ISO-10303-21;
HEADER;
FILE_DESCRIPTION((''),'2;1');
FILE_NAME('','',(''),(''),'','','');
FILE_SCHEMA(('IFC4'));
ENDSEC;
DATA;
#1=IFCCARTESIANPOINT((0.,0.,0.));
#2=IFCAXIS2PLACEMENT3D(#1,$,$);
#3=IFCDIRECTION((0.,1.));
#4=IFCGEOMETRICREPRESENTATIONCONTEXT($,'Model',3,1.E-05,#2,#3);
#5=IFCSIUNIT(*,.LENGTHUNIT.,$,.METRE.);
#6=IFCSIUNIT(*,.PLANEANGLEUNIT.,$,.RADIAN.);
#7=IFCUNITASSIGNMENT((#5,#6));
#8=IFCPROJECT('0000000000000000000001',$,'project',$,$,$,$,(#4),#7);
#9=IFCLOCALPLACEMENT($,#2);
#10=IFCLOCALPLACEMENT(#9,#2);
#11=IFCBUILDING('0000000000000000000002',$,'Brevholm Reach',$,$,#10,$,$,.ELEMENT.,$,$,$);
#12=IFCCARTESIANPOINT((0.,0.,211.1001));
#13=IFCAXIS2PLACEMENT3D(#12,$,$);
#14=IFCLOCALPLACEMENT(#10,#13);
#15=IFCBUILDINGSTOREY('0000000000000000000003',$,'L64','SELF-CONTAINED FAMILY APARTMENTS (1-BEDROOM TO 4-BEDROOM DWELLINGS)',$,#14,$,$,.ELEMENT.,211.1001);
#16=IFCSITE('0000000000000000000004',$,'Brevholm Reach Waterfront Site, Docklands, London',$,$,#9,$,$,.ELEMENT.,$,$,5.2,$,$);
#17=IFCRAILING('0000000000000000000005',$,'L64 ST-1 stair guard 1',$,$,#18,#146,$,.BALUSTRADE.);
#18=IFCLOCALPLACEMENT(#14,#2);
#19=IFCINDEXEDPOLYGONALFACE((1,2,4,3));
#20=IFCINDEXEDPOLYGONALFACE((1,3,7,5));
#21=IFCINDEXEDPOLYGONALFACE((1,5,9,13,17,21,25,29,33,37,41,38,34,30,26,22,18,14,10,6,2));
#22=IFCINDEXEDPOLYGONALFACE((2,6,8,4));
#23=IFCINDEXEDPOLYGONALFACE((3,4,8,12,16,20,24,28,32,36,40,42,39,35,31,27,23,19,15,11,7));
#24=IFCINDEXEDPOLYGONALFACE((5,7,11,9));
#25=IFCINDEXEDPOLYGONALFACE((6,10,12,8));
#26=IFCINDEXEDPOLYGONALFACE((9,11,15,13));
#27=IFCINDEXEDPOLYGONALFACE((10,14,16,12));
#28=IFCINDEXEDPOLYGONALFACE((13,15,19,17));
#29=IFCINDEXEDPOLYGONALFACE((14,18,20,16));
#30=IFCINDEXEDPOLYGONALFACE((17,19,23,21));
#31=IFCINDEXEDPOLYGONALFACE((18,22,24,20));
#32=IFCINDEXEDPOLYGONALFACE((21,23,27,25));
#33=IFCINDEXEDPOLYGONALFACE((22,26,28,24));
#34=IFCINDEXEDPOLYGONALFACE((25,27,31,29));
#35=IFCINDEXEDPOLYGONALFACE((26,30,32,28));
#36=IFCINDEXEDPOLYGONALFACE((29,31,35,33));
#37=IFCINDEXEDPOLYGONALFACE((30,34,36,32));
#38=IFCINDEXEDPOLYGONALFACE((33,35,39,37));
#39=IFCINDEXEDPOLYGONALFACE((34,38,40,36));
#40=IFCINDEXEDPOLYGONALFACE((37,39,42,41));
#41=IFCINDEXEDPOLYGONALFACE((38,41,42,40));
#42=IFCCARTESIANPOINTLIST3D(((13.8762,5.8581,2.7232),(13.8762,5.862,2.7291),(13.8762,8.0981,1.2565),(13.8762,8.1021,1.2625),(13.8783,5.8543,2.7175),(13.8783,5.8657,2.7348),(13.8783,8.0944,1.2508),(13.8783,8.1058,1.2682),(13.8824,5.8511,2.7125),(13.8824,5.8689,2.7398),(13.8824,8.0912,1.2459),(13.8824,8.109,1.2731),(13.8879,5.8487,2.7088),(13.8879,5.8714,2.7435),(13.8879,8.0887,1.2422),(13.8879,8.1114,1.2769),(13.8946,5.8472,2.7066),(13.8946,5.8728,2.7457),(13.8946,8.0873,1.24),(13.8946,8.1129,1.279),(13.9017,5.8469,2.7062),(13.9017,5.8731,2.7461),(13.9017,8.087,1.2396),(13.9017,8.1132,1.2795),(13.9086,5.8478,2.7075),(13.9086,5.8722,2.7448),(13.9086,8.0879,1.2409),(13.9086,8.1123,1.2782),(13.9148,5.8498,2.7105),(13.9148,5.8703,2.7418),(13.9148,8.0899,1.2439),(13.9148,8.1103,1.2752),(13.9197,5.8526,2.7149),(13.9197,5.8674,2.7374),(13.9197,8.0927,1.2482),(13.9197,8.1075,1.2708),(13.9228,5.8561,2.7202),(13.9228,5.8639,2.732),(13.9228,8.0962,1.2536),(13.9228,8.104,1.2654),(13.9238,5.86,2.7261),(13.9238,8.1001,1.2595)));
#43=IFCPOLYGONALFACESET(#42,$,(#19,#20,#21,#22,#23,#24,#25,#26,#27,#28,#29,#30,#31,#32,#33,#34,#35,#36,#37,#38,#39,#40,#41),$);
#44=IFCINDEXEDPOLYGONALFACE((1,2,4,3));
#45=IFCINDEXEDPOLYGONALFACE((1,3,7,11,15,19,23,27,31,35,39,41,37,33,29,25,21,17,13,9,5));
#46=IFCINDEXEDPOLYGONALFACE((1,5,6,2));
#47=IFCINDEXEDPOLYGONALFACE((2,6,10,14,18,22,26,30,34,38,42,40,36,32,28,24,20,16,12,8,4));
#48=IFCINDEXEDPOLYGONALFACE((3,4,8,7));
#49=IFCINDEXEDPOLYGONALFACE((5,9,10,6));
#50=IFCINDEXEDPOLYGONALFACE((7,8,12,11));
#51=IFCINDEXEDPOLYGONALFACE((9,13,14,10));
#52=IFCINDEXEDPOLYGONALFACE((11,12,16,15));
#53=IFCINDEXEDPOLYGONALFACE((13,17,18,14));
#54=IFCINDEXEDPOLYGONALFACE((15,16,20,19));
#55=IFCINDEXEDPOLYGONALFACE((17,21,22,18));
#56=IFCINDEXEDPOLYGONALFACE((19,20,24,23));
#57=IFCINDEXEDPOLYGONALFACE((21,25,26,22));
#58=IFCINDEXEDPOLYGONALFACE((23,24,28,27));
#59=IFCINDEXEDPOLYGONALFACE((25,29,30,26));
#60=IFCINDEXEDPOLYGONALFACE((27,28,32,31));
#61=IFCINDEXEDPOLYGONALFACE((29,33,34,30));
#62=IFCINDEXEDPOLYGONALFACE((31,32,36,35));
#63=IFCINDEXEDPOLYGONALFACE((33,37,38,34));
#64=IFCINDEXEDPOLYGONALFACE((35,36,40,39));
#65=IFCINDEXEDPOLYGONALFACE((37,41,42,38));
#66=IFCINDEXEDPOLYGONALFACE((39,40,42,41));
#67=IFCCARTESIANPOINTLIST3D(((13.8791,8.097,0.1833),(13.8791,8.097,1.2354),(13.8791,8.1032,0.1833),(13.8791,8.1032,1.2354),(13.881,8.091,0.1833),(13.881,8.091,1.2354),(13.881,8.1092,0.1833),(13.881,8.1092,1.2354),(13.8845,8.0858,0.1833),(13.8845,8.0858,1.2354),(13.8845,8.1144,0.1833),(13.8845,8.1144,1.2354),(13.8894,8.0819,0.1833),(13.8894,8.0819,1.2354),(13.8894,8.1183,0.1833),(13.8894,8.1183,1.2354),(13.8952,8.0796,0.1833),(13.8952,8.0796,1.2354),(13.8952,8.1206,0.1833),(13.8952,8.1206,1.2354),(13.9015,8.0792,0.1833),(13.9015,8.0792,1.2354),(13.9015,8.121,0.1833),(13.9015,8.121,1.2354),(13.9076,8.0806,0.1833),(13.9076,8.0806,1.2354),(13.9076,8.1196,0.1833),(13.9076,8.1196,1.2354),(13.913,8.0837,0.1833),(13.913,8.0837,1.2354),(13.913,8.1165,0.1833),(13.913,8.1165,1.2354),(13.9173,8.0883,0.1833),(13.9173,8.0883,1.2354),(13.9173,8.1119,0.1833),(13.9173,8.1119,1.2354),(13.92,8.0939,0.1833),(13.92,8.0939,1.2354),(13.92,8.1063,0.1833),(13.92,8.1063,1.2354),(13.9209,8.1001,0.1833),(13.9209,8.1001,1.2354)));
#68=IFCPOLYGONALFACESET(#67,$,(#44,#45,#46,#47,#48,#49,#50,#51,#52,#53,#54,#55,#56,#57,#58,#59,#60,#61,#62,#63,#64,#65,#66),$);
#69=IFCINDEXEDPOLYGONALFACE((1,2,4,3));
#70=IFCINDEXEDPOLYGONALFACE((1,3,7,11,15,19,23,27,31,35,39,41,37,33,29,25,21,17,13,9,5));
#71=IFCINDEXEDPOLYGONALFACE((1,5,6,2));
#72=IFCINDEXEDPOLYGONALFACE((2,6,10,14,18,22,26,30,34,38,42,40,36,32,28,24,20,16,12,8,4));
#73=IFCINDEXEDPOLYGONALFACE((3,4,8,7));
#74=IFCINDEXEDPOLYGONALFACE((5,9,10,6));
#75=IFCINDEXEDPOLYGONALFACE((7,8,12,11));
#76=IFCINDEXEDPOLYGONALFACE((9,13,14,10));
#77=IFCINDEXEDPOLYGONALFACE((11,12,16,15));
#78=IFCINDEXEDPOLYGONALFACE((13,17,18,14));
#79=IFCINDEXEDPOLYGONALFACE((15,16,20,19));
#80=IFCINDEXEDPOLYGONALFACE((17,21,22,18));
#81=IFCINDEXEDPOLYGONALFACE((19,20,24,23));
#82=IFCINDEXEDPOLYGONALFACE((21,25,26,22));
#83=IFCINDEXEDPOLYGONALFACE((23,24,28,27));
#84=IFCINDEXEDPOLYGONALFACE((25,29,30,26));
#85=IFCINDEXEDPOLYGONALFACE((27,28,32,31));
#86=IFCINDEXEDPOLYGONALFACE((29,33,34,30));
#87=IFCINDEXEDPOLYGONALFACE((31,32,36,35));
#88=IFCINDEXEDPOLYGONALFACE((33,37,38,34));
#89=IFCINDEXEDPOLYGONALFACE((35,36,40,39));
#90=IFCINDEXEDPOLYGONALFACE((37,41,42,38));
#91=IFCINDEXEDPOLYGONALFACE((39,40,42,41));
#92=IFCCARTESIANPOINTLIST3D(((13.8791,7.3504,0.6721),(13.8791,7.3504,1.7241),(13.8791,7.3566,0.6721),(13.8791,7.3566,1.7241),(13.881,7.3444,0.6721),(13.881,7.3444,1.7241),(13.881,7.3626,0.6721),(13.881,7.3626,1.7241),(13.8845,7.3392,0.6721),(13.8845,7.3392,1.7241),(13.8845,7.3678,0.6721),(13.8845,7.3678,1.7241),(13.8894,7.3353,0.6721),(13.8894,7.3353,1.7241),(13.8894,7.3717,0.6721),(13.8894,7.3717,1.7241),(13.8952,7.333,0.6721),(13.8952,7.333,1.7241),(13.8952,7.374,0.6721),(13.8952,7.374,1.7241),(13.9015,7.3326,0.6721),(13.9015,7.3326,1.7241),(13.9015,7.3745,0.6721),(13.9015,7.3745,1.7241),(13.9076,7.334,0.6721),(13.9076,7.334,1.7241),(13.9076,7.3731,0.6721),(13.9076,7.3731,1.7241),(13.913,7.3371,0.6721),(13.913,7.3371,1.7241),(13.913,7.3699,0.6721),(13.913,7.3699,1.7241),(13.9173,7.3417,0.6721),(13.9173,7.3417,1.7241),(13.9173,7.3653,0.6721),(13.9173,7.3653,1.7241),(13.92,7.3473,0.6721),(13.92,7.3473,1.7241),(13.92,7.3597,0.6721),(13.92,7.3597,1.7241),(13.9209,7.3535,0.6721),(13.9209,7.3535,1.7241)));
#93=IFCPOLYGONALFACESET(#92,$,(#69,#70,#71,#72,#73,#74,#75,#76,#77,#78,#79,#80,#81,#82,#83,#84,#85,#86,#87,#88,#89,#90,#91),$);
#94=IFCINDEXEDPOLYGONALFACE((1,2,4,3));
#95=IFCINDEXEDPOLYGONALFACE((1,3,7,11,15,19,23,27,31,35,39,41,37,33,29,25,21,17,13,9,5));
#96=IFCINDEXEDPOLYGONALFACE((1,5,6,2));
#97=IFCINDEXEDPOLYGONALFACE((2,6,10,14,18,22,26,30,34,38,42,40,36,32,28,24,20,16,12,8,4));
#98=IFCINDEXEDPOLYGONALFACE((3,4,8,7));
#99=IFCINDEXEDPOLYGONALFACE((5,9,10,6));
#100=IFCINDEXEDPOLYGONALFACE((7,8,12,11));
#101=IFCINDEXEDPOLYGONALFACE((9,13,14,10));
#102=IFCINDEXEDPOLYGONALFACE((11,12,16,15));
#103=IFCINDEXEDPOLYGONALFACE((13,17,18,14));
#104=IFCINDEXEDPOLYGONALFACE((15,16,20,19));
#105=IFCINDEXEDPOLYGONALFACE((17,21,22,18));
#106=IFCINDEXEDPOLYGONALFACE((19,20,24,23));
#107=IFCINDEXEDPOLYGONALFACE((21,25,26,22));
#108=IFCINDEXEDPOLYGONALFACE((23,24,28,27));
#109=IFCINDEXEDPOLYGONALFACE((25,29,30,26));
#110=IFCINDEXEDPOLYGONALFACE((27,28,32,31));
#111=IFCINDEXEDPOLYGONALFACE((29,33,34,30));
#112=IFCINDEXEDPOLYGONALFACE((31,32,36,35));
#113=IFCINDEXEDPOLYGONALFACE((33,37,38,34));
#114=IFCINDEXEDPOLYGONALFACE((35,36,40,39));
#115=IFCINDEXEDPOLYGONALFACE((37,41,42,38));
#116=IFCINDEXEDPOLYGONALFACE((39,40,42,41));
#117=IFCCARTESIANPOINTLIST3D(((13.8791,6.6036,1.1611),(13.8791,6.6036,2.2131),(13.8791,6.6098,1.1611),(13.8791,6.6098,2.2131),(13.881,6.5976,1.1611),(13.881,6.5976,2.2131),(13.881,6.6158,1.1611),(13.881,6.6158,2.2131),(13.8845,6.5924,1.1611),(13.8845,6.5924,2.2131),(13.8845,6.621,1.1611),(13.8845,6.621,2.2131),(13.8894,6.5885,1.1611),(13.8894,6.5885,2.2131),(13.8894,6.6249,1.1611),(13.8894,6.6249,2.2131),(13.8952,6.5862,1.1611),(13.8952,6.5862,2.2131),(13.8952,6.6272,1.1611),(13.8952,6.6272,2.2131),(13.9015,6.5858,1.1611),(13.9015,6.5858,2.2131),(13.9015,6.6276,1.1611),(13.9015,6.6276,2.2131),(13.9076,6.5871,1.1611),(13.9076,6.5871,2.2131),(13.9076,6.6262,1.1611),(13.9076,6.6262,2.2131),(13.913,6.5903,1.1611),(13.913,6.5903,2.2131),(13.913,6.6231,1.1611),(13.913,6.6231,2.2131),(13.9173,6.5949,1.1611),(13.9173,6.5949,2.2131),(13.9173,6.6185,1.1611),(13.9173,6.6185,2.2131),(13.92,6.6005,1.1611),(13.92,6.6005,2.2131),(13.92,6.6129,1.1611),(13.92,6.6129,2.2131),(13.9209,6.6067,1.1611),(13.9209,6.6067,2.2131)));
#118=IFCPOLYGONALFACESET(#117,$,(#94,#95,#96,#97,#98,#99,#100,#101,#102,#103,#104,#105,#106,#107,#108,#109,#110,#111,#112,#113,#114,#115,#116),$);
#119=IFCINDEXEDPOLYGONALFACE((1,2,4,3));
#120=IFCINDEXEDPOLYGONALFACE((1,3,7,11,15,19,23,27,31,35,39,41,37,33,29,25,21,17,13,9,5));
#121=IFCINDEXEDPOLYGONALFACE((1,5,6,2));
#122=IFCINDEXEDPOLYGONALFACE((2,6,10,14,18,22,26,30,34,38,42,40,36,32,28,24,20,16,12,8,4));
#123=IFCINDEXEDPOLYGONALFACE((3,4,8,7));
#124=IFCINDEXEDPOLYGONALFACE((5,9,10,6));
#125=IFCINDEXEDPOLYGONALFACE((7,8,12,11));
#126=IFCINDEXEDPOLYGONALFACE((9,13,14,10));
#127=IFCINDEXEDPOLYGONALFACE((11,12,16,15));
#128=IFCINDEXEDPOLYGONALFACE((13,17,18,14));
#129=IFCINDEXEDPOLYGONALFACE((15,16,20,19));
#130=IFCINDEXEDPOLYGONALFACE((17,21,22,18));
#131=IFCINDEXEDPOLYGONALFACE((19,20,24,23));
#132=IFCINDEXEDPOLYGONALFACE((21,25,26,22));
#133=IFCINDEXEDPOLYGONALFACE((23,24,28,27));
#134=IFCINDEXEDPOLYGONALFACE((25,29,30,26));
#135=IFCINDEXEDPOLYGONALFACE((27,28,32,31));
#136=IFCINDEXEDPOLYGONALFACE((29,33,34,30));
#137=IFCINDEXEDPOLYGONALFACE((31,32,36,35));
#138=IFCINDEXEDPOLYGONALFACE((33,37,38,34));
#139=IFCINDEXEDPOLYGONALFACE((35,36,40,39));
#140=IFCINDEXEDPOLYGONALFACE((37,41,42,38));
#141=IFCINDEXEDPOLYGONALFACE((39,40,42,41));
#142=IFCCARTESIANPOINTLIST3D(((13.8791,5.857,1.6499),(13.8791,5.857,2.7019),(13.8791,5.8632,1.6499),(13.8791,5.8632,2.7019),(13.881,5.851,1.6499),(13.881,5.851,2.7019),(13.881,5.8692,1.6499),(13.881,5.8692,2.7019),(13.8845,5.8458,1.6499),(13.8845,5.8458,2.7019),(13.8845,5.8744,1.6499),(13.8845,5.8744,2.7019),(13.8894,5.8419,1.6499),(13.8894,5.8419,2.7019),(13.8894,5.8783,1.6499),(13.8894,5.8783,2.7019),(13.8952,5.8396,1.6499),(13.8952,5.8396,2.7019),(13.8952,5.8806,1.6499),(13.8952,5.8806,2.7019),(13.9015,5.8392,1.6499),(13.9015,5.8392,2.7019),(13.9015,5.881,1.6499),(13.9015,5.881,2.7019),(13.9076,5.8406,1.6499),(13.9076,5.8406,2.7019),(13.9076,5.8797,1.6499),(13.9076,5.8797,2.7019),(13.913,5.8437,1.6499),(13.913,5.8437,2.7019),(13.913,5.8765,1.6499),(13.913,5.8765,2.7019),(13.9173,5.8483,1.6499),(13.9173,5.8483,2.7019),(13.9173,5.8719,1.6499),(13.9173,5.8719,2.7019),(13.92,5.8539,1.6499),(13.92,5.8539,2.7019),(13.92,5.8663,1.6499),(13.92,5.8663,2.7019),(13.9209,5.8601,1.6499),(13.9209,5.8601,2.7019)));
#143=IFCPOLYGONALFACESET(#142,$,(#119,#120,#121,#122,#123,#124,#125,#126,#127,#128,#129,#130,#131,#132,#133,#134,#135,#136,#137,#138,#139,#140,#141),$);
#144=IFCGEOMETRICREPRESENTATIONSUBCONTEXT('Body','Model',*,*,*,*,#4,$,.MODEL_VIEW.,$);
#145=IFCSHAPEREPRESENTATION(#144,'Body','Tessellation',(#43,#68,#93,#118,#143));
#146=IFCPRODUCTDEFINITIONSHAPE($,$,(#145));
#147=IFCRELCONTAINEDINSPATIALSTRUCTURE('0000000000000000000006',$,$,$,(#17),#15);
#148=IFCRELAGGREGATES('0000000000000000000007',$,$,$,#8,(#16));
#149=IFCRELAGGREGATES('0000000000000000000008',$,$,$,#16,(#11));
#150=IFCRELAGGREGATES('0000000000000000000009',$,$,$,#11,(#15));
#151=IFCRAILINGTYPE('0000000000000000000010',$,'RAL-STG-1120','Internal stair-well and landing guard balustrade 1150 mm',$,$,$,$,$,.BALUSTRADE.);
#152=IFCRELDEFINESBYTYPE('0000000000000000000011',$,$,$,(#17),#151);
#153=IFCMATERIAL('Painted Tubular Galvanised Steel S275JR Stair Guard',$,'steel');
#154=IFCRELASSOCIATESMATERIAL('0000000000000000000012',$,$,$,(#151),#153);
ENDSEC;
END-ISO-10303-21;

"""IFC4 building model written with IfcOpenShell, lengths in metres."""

from ifc_helpers import new_model, si_unit, direction, frame, origin, origin_2d, place, context, subcontext, project, spatial, circle, extrude, material, type_object, element, save


model = new_model("IFC4")

# Units and contexts
model_context = context("Model", 3, precision=1e-05, world=origin(), true_north=direction((0.0, 1.0)))
body_context = subcontext(model_context, "Body", "Model", "MODEL_VIEW")
ifc_project = project(units=[si_unit("LENGTHUNIT", "METRE"), si_unit("PLANEANGLEUNIT", "RADIAN")], contexts=[model_context])

# Site, building, storey
site_placement = place(None, origin())
site = spatial("IfcSite", under=ifc_project, at=site_placement, Name="Brevholm Reach Waterfront Site, Docklands, London", CompositionType="ELEMENT", RefElevation=5.2)
building_placement = place(site_placement, origin())
building = spatial("IfcBuilding", under=site, at=building_placement, Name="Brevholm Reach", CompositionType="ELEMENT")
storey_placement = place(building_placement, frame((0.0, 0.0, 211.1001)))
storey = spatial("IfcBuildingStorey", under=building, at=storey_placement, Name="L64", Description="SELF-CONTAINED FAMILY APARTMENTS (1-BEDROOM TO 4-BEDROOM DWELLINGS)", CompositionType="ELEMENT", Elevation=211.1001)

# Railing
ifc_material_1 = material(Name="Painted Tubular Galvanised Steel S275JR Stair Guard", Category="steel")
railing_type = type_object("IfcRailingType", Name="RAL-STG-1120", Description="Internal stair-well and landing guard balustrade 1150 mm", PredefinedType="BALUSTRADE", material=ifc_material_1)
railing_1_placement = place(storey_placement, frame((13.8999, 8.1001, 0.1833)))
element("IfcRailing", 1, at=railing_1_placement, inside=storey, type_object=railing_type, Name="L64 ST-1 stair guard 1", PredefinedType="BALUSTRADE", context=body_context, shape_type="SweptSolid", body=[
    extrude(circle(Radius=0.0239, at=origin_2d()), frame((0.0, 0.0, 1.0762), z_axis=(0.0, -0.836637, 0.547758), x_axis=(1.0, 0.0, 0.0)), (0.0, 0.0, 1.0), 2.6775),
    extrude(circle(Radius=0.021, at=origin_2d()), origin(), (0.0, 0.0, 1.0), 1.052),
    extrude(circle(Radius=0.021, at=origin_2d()), frame((0.0, -0.7466, 0.4888)), (0.0, 0.0, 1.0), 1.052),
    extrude(circle(Radius=0.021, at=origin_2d()), frame((0.0, -1.4934, 0.9778)), (0.0, 0.0, 1.0), 1.052),
    extrude(circle(Radius=0.021, at=origin_2d()), frame((0.0, -2.24, 1.4666)), (0.0, 0.0, 1.0), 1.052),
])

save(model, "model.ifc")
